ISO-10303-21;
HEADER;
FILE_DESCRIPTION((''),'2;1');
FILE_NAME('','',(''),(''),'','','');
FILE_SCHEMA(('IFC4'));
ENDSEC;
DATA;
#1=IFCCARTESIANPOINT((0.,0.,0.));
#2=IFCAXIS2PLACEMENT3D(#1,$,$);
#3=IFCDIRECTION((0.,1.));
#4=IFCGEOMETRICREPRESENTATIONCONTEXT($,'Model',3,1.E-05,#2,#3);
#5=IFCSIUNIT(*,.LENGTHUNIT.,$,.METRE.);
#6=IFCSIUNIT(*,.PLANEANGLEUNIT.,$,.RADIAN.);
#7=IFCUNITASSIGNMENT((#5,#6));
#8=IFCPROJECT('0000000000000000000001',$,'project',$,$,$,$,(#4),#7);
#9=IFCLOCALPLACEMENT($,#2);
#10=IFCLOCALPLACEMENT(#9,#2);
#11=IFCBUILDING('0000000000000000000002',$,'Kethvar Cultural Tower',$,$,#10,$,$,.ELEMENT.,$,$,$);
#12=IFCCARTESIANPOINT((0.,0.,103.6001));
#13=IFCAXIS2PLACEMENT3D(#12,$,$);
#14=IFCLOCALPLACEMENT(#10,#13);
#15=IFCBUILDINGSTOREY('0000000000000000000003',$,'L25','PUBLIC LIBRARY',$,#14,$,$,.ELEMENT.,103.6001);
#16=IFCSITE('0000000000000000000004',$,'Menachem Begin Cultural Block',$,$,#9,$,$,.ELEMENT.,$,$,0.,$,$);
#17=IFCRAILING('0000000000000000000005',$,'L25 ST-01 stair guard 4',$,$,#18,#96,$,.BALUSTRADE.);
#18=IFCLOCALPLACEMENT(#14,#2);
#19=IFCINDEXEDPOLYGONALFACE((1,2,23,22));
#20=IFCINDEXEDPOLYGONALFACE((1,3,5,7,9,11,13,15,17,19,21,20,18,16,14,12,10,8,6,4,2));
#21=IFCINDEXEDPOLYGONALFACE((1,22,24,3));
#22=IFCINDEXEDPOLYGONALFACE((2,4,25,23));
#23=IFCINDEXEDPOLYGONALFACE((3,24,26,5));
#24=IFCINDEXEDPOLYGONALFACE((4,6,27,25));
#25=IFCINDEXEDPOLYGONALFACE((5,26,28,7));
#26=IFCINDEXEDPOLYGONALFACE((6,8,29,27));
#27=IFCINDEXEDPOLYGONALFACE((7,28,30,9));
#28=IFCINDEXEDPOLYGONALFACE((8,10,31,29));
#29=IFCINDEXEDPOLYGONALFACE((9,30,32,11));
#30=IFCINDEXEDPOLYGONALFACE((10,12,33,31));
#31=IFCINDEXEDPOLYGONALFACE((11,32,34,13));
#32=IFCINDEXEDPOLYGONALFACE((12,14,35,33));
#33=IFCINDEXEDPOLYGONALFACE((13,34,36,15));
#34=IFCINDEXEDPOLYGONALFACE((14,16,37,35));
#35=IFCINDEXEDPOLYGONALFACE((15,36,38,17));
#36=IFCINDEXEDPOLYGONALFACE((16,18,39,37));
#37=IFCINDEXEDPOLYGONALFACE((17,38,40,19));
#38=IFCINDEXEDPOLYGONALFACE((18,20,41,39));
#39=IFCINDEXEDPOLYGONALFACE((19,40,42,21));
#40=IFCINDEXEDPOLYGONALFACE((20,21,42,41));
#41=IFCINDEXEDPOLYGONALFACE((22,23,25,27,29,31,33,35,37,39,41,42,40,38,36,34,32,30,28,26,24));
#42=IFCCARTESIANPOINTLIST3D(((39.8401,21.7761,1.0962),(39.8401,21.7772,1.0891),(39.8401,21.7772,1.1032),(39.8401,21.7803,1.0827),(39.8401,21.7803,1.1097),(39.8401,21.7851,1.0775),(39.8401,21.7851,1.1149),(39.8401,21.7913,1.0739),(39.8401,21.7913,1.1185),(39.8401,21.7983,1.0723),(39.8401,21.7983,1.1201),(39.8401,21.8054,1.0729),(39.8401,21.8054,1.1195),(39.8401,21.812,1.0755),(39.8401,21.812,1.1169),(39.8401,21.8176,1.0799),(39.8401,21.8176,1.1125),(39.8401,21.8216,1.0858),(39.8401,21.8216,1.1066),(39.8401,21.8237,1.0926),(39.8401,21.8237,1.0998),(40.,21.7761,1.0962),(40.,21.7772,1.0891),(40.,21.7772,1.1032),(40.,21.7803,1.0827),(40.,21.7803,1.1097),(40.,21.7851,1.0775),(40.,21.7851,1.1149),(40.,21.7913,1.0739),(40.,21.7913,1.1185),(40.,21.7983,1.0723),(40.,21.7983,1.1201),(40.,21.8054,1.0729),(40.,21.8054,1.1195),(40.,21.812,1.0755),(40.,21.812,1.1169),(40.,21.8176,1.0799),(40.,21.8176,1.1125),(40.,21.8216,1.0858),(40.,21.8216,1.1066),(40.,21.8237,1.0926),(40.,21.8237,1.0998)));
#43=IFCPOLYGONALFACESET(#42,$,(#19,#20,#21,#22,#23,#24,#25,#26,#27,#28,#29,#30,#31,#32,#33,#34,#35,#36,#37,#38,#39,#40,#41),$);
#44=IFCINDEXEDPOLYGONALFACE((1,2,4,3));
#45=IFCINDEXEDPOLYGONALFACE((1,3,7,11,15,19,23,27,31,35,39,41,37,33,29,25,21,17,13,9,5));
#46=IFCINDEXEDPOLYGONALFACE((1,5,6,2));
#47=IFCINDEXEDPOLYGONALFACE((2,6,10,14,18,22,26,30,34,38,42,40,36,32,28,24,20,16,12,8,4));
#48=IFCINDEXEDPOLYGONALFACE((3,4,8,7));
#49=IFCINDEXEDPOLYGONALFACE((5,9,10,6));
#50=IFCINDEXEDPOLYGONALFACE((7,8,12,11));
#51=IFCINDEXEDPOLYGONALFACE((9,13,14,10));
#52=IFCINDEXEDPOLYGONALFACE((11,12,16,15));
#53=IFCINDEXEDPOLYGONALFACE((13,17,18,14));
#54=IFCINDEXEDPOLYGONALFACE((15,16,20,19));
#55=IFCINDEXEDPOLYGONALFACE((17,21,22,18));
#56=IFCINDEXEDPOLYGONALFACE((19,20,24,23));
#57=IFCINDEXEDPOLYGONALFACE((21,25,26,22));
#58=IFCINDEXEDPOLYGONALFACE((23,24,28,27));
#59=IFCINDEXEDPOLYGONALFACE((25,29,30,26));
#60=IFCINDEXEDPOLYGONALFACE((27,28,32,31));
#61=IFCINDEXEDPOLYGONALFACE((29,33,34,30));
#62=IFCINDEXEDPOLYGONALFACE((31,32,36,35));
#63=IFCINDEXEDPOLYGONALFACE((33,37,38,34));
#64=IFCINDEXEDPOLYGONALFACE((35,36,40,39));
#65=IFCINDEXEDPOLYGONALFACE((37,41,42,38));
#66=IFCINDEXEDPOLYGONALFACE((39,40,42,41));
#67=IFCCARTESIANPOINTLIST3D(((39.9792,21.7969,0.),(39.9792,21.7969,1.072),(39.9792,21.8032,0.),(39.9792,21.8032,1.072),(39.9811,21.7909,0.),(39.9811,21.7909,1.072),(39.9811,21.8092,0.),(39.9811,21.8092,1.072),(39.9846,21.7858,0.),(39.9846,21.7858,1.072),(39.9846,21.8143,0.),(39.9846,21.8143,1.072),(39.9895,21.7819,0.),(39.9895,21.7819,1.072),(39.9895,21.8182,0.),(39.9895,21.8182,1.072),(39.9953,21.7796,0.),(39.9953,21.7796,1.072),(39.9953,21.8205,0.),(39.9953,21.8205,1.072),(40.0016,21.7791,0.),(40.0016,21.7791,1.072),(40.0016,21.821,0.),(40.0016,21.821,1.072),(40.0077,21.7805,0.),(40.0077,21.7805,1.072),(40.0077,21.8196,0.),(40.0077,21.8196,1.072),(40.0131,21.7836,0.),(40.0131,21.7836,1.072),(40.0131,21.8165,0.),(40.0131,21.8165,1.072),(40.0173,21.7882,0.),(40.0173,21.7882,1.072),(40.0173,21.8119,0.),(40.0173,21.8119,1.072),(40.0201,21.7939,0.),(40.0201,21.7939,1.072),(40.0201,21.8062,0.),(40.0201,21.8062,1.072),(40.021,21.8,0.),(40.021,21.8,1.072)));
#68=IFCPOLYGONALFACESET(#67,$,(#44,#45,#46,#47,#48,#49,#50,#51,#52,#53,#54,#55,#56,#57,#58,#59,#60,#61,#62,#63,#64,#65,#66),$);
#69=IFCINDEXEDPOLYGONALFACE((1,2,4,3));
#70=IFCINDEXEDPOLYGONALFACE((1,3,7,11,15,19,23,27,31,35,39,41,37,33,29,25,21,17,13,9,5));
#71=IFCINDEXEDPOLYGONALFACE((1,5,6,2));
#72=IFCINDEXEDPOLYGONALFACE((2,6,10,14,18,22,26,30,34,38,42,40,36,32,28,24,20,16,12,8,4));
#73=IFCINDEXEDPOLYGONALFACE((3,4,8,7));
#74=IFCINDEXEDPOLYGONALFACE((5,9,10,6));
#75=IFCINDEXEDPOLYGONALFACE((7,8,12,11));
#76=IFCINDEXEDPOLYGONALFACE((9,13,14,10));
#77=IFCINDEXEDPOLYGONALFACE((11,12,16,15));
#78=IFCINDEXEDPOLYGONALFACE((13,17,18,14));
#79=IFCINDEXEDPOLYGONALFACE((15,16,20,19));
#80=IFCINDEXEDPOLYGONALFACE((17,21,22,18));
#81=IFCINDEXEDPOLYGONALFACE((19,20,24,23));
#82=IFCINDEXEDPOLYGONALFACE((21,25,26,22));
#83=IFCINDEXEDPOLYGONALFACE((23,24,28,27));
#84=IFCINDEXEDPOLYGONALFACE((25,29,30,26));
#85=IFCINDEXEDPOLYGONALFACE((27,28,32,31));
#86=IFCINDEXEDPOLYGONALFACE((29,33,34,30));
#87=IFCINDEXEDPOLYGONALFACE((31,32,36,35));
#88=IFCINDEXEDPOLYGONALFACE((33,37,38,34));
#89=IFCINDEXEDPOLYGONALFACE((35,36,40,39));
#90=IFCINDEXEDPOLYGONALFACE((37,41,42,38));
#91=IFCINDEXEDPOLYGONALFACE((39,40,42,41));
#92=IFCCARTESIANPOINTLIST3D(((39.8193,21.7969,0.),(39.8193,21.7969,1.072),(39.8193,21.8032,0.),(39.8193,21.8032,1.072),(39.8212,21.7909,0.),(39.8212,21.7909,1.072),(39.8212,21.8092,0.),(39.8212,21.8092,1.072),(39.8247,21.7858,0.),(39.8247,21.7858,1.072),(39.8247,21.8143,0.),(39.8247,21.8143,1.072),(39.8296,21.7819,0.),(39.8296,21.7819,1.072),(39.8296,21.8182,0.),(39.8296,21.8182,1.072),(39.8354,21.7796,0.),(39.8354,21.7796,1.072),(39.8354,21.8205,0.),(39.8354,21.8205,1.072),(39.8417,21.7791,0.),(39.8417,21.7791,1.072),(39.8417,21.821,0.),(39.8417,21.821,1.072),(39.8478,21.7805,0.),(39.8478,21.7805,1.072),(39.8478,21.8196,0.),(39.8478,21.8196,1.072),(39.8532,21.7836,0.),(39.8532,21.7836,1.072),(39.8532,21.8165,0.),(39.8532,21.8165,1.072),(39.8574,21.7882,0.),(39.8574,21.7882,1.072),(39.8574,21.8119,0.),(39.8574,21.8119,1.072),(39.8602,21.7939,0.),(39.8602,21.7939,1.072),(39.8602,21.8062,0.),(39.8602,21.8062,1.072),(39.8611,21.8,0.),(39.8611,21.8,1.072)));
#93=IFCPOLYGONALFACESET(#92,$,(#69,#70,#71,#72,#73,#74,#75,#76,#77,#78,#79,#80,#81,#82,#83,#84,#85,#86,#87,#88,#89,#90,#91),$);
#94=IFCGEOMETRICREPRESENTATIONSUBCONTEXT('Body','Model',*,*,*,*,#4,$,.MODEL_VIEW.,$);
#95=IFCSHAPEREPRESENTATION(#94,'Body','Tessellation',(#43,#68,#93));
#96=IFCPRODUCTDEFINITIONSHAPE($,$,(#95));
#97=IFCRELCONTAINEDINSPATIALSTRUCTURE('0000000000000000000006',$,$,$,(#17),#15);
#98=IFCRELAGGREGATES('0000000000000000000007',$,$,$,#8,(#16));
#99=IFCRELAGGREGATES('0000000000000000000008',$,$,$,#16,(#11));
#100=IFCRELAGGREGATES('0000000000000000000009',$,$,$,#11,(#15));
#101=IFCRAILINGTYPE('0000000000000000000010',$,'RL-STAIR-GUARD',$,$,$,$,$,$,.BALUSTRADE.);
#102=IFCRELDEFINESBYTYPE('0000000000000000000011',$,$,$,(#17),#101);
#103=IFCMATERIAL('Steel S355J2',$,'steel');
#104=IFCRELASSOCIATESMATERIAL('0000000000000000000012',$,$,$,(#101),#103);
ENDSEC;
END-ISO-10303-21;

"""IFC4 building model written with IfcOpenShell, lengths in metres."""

from ifc_helpers import new_model, si_unit, direction, frame, origin, origin_2d, place, context, subcontext, project, spatial, circle, extrude, material, type_object, element, save


model = new_model("IFC4")

# Units and contexts
model_context = context("Model", 3, precision=1e-05, world=origin(), true_north=direction((0.0, 1.0)))
body_context = subcontext(model_context, "Body", "Model", "MODEL_VIEW")
ifc_project = project(units=[si_unit("LENGTHUNIT", "METRE"), si_unit("PLANEANGLEUNIT", "RADIAN")], contexts=[model_context])

# Site, building, storey
site_placement = place(None, origin())
site = spatial("IfcSite", under=ifc_project, at=site_placement, Name="Menachem Begin Cultural Block", CompositionType="ELEMENT", RefElevation=0.0)
building_placement = place(site_placement, origin())
building = spatial("IfcBuilding", under=site, at=building_placement, Name="Kethvar Cultural Tower", CompositionType="ELEMENT")
storey_placement = place(building_placement, frame((0.0, 0.0, 103.6001)))
storey = spatial("IfcBuildingStorey", under=building, at=storey_placement, Name="L25", Description="PUBLIC LIBRARY", CompositionType="ELEMENT", Elevation=103.6001)

# Shared definitions
ifc_material_1 = material(Name="Steel S355J2", Category="steel")

# Railing
railing_type_1 = type_object("IfcRailingType", Name="RL-STAIR-GUARD", PredefinedType="BALUSTRADE", material=ifc_material_1)
railing_1_placement = place(storey_placement, frame((40.0, 21.8, 0.0)))
element("IfcRailing", 1, at=railing_1_placement, inside=storey, type_object=railing_type_1, Name="L25 ST-01 stair guard 4", PredefinedType="BALUSTRADE", context=body_context, shape_type="SweptSolid", body=[
    extrude(circle(Radius=0.0239, at=origin_2d()), frame((0.0, 0.0, 1.0962), z_axis=(-1.0, 0.0, 0.0), x_axis=(0.0, -1.0, 0.0)), (0.0, 0.0, 1.0), 0.1599),
    extrude(circle(Radius=0.021, at=origin_2d()), origin(), (0.0, 0.0, 1.0), 1.072),
    extrude(circle(Radius=0.021, at=origin_2d()), frame((-0.1599, 0.0, 0.0)), (0.0, 0.0, 1.0), 1.072),
])

save(model, "model.ifc")
